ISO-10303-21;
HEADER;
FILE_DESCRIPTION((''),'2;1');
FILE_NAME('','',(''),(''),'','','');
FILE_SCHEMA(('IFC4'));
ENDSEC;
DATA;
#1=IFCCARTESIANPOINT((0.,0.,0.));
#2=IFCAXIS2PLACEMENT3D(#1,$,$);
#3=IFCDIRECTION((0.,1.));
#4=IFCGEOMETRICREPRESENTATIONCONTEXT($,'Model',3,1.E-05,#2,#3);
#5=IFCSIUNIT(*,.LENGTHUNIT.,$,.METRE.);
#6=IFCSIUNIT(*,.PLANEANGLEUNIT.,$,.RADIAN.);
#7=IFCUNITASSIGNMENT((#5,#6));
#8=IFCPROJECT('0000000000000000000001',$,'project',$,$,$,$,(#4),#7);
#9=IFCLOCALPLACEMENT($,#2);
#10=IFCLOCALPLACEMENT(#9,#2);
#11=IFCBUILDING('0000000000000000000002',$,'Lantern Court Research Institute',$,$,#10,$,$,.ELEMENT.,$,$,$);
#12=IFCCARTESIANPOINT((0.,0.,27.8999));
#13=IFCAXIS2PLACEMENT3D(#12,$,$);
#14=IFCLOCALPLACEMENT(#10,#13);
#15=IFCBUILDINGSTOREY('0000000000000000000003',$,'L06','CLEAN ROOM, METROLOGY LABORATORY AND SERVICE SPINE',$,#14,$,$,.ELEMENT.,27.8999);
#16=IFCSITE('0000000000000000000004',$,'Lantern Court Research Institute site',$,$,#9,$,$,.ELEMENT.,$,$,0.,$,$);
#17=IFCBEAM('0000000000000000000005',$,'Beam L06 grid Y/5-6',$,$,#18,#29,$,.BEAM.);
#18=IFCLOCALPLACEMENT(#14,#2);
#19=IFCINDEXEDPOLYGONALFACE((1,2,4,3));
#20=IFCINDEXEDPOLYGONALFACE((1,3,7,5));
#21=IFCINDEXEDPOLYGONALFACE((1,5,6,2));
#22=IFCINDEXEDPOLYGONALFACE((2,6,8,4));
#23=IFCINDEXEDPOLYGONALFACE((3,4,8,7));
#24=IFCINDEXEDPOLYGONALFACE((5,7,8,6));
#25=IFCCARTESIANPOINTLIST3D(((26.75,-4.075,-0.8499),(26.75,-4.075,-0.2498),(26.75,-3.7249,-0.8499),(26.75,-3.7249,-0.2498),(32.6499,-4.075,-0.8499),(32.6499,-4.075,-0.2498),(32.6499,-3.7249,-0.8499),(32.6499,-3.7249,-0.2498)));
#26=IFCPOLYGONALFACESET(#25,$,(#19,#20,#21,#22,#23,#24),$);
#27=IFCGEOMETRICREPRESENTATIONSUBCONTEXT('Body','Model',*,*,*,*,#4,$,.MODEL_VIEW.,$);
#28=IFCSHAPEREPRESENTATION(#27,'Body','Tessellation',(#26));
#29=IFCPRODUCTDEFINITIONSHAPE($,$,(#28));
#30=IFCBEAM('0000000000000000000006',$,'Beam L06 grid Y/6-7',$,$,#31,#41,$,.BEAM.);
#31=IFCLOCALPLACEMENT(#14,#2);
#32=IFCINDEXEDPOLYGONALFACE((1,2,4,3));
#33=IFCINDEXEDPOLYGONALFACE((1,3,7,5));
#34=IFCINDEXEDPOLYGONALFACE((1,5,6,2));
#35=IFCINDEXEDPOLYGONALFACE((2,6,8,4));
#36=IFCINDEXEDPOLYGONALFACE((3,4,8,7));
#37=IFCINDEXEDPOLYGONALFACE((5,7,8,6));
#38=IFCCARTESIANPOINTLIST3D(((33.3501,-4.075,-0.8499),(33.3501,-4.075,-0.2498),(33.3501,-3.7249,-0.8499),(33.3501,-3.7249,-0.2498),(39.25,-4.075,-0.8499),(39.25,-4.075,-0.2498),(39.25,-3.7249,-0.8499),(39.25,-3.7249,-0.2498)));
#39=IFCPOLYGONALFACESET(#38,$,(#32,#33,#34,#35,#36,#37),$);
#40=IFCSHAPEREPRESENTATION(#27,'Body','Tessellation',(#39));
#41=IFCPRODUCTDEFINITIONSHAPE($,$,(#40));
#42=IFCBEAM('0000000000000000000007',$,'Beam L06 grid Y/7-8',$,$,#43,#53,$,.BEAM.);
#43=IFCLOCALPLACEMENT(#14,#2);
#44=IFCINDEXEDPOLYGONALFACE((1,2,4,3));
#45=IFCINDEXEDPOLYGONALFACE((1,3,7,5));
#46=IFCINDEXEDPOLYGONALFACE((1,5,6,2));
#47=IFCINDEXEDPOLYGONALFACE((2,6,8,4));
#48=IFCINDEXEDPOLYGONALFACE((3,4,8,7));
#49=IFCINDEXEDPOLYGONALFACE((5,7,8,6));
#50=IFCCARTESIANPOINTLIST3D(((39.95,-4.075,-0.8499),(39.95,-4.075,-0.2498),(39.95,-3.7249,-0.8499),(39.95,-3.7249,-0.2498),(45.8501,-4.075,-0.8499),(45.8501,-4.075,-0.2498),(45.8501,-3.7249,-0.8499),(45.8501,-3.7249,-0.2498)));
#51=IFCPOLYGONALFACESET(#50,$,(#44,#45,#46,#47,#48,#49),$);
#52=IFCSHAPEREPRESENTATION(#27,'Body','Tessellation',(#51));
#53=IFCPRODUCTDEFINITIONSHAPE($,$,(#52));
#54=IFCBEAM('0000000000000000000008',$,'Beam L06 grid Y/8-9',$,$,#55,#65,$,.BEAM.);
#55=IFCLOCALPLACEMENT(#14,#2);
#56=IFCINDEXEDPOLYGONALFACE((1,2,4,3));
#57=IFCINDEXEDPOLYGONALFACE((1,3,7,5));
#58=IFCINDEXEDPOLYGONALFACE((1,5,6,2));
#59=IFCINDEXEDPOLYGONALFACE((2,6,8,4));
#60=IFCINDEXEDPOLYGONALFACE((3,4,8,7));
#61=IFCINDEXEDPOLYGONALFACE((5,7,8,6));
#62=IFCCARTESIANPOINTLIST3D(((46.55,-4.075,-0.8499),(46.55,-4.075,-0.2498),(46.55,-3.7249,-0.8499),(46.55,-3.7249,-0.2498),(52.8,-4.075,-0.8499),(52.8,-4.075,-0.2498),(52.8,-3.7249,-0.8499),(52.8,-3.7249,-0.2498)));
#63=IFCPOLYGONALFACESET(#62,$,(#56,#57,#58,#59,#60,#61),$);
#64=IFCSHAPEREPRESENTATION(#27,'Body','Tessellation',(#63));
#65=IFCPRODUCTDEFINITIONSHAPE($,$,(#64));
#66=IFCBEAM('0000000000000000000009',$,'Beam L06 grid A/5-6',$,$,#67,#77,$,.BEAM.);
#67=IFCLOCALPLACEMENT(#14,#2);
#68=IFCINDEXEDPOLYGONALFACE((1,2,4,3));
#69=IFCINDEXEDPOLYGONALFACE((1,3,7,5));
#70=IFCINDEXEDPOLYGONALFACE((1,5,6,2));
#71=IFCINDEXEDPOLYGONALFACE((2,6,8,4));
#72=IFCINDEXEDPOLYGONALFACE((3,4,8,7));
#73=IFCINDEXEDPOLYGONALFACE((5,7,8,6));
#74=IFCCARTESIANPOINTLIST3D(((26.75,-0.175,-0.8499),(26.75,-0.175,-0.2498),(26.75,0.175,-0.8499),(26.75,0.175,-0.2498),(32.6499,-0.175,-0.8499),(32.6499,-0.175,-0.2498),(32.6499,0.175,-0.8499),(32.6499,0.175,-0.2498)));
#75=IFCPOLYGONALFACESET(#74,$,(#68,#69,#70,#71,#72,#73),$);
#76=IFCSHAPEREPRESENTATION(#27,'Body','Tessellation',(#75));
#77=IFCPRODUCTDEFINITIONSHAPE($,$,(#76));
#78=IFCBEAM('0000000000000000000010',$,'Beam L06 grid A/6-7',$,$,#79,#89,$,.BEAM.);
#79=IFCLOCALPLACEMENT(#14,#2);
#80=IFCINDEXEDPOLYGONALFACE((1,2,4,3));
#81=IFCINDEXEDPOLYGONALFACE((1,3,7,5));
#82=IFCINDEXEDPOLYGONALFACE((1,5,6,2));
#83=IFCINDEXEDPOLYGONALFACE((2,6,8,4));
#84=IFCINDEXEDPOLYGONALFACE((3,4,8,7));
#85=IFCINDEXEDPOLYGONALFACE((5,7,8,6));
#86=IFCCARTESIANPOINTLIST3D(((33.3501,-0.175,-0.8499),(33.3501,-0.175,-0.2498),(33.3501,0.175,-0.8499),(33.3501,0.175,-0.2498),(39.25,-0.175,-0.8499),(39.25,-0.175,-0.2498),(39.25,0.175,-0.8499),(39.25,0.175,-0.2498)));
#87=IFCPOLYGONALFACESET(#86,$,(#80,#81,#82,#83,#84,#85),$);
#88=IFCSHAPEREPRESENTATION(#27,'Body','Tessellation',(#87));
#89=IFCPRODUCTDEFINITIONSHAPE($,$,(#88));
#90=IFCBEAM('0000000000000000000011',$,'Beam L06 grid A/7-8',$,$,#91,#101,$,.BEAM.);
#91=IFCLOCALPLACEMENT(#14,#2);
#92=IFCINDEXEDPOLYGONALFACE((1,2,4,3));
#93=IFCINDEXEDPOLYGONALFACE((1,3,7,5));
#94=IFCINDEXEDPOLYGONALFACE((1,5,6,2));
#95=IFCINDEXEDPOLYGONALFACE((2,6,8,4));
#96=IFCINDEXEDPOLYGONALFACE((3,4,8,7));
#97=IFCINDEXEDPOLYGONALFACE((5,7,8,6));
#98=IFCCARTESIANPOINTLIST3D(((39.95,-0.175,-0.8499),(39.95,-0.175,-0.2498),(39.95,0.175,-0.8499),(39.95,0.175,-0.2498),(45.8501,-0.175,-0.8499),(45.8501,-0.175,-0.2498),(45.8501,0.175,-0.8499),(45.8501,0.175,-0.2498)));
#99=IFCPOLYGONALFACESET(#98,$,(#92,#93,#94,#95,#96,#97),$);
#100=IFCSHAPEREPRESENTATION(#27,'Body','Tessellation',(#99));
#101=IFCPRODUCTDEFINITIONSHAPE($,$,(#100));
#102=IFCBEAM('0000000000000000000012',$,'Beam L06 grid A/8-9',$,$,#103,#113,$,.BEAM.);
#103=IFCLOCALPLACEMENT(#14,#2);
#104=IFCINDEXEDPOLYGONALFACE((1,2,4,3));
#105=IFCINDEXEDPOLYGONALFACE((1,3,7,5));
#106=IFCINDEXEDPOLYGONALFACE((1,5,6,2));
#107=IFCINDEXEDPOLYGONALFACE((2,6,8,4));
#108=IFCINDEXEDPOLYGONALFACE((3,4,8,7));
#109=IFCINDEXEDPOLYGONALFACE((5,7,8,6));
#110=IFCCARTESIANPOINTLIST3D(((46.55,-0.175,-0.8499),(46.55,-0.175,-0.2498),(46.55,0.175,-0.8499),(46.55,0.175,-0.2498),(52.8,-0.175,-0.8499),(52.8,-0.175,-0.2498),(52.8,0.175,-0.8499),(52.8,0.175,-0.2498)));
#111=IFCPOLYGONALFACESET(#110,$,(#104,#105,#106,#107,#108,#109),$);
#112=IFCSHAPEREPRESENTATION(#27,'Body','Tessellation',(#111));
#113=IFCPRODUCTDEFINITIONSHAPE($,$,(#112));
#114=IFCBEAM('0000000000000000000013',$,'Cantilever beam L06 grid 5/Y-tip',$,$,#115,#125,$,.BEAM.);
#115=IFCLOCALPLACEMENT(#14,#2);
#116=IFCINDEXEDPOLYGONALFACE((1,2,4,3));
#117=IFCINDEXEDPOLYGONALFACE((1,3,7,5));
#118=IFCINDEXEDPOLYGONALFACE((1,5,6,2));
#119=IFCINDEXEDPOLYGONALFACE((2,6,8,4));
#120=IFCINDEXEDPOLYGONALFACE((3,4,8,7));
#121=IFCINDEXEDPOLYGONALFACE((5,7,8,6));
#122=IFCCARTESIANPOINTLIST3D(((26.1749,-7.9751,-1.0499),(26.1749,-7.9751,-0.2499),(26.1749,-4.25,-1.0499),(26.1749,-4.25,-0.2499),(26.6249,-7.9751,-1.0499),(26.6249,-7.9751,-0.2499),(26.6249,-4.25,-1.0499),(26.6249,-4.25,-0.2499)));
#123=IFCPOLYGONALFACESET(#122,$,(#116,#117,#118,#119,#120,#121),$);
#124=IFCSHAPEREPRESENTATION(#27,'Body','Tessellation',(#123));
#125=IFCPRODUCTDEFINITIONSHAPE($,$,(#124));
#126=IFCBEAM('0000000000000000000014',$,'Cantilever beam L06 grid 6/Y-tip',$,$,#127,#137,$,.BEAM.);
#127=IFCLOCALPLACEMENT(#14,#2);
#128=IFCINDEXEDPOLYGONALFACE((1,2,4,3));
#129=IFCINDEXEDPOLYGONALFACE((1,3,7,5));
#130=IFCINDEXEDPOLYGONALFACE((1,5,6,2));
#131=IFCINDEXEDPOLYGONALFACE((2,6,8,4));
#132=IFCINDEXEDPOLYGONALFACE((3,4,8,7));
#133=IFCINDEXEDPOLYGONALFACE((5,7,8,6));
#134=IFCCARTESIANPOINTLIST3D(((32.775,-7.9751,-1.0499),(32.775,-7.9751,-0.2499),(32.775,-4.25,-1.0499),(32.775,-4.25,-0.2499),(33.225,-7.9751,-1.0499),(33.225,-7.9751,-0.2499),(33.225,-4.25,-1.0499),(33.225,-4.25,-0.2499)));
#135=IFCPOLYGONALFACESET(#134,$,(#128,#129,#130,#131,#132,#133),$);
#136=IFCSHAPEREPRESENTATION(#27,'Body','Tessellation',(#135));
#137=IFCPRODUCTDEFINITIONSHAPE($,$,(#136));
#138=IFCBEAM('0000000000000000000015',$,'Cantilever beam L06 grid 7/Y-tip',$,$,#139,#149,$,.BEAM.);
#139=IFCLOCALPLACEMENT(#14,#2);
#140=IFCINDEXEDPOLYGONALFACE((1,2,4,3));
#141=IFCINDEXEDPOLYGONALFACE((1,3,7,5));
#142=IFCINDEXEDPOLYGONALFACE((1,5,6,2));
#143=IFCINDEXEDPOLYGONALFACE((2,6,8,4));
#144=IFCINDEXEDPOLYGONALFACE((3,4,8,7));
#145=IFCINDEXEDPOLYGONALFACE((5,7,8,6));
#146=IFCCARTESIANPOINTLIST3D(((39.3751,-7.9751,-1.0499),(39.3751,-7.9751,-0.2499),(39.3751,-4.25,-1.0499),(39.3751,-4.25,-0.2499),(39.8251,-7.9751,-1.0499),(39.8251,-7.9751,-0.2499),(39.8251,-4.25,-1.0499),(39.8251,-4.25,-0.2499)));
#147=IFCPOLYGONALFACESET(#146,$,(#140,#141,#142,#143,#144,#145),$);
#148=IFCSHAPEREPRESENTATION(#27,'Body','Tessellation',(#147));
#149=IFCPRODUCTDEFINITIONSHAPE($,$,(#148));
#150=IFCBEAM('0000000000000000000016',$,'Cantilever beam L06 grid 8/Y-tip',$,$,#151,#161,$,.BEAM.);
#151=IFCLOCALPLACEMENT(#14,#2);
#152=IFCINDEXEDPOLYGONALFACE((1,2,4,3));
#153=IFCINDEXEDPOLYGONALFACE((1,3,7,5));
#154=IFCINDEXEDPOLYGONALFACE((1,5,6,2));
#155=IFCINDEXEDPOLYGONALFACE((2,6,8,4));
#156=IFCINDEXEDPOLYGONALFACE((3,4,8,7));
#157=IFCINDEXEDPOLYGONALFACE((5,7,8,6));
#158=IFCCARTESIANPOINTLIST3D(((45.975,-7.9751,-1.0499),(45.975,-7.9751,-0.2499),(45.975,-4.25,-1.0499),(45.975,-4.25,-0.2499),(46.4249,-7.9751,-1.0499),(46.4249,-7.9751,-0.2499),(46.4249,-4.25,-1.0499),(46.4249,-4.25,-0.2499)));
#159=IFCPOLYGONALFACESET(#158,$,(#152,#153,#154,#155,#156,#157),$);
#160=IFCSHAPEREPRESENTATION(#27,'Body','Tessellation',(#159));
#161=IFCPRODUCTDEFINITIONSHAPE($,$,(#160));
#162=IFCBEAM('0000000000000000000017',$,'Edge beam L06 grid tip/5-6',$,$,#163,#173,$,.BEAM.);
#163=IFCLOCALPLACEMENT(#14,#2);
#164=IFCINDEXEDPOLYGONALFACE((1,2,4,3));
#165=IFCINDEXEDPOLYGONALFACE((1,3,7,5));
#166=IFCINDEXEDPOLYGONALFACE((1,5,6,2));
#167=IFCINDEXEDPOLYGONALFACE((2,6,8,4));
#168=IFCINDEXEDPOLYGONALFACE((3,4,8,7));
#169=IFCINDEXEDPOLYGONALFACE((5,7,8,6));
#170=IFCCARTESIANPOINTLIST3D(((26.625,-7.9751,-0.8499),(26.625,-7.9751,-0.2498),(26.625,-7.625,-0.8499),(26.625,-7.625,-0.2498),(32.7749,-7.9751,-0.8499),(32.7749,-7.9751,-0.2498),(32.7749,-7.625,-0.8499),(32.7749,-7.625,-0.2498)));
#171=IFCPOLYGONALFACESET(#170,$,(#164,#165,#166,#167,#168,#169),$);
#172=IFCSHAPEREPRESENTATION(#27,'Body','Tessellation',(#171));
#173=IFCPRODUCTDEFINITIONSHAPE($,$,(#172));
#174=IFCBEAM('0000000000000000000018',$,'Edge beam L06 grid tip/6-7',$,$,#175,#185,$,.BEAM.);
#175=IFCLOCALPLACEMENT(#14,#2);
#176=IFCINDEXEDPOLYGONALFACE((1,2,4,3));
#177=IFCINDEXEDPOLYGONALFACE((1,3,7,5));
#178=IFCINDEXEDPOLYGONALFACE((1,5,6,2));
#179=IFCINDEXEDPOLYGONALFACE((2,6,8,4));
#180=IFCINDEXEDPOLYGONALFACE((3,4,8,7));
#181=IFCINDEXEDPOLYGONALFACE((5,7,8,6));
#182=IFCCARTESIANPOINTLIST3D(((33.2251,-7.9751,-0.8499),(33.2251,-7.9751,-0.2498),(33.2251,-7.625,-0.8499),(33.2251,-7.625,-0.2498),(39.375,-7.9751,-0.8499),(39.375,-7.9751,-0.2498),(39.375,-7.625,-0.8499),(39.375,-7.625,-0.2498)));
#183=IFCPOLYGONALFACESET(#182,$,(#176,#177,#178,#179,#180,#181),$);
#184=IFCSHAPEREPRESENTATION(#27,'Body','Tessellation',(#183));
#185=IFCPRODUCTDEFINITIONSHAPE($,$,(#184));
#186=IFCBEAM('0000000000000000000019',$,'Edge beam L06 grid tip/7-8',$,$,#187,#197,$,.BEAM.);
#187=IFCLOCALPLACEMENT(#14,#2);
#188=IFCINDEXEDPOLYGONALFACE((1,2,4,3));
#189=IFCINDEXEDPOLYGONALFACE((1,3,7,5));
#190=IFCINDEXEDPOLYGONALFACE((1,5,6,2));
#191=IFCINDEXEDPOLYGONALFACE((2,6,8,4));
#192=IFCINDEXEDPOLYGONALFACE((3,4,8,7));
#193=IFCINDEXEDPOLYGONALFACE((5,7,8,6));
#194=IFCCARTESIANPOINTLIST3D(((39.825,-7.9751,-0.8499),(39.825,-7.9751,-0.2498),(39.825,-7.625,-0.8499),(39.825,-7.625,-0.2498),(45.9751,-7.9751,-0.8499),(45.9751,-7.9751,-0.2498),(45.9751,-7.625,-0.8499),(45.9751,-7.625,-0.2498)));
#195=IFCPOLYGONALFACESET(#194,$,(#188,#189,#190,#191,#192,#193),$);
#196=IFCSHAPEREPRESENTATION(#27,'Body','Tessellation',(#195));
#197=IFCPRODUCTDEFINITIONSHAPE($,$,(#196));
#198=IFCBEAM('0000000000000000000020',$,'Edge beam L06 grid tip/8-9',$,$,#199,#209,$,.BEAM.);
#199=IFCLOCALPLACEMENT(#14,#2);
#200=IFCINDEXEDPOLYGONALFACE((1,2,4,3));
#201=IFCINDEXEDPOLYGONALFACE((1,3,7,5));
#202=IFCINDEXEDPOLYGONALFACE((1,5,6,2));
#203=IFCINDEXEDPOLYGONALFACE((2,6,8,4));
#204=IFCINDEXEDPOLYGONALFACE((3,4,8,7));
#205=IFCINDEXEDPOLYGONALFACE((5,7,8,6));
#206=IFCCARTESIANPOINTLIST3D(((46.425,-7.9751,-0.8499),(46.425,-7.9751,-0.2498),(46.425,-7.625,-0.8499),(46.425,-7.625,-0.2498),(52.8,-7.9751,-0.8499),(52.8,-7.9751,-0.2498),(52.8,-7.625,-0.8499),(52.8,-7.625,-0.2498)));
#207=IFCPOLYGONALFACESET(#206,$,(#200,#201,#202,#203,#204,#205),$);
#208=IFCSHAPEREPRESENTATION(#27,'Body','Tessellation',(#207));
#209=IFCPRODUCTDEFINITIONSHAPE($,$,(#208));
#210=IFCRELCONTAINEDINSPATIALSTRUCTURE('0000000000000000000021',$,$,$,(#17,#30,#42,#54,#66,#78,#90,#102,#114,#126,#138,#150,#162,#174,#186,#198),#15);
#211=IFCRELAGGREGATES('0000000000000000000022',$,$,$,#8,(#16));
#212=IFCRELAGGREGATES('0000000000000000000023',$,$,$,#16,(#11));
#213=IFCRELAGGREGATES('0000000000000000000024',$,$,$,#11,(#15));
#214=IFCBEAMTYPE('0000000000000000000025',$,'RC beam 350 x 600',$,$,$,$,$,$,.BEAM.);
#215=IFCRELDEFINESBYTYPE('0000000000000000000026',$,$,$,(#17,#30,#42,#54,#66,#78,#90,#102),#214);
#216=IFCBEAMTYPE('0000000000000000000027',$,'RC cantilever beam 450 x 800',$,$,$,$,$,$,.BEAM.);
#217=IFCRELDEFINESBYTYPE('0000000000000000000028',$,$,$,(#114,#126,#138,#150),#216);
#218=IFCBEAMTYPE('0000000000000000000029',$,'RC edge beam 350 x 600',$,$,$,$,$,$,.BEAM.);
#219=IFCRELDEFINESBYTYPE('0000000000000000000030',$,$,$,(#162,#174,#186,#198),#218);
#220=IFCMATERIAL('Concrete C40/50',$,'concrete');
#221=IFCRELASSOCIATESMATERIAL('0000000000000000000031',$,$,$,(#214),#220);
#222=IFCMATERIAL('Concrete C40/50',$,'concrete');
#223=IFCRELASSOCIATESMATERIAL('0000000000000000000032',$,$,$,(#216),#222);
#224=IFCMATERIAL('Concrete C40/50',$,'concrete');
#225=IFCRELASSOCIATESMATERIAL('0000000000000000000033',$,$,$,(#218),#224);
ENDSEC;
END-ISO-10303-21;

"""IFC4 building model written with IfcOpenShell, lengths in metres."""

from ifc_helpers import new_model, si_unit, direction, frame, origin, origin_2d, place, context, subcontext, project, spatial, rectangle, extrude, material, material_profile, profile_set, type_object, element, save


model = new_model("IFC4")

# Units and contexts
model_context = context("Model", 3, precision=1e-05, world=origin(), true_north=direction((0.0, 1.0)))
body_context = subcontext(model_context, "Body", "Model", "MODEL_VIEW")
ifc_project = project(units=[si_unit("LENGTHUNIT", "METRE"), si_unit("PLANEANGLEUNIT", "RADIAN")], contexts=[model_context])

# Site, building, storey
site_placement = place(None, origin())
site = spatial("IfcSite", under=ifc_project, at=site_placement, Name="Lantern Court Research Institute site", CompositionType="ELEMENT", RefElevation=0.0)
building_placement = place(site_placement, origin())
building = spatial("IfcBuilding", under=site, at=building_placement, Name="Lantern Court Research Institute", CompositionType="ELEMENT")
storey_placement = place(building_placement, frame((0.0, 0.0, 27.8999)))
storey = spatial("IfcBuildingStorey", under=building, at=storey_placement, Name="L06", Description="CLEAN ROOM, METROLOGY LABORATORY AND SERVICE SPINE", CompositionType="ELEMENT", Elevation=27.8999)

# Beams
ifc_material_1 = material(Name="Concrete C40/50", Category="concrete")
ifc_material_profile_1 = material_profile(ifc_material_1, rectangle(XDim=0.3501, YDim=0.6001, at=origin_2d()), Name="RC beam 350 x 600")
ifc_profile_set_1 = profile_set([ifc_material_profile_1], Name="Concrete C40/50")
beam_type_1 = type_object("IfcBeamType", Name="RC beam 350 x 600", PredefinedType="BEAM", material=ifc_profile_set_1)
for number, where, z_axis, x_axis, name in (
    (1, (26.75, -3.8999, -0.5498), (1.0, 0.0, 0.0), (0.0, 1.0, 0.0), "Beam L06 grid Y/5-6"),
    (2, (33.3501, -3.8999, -0.5498), (1.0, 0.0, 0.0), (0.0, 1.0, 0.0), "Beam L06 grid Y/6-7"),
):
    element("IfcBeam", number, at=place(storey_placement, frame(where, z_axis=z_axis, x_axis=x_axis)), inside=storey, type_object=beam_type_1, Name=name, PredefinedType="BEAM", context=body_context, shape_type="SweptSolid", body=[
        extrude(rectangle(XDim=0.3501, YDim=0.6001, at=origin_2d()), origin(), (0.0, 0.0, 1.0), 5.8999),
    ])
beam_1_placement = place(storey_placement, frame((39.95, -3.8999, -0.5498), z_axis=(1.0, 0.0, 0.0), x_axis=(0.0, 1.0, 0.0)))
element("IfcBeam", 3, at=beam_1_placement, inside=storey, type_object=beam_type_1, Name="Beam L06 grid Y/7-8", PredefinedType="BEAM", context=body_context, shape_type="SweptSolid", body=[
    extrude(rectangle(XDim=0.3501, YDim=0.6001, at=origin_2d()), origin(), (0.0, 0.0, 1.0), 5.9001),
])
beam_2_placement = place(storey_placement, frame((46.55, -3.8999, -0.5498), z_axis=(1.0, 0.0, 0.0), x_axis=(0.0, 1.0, 0.0)))
element("IfcBeam", 4, at=beam_2_placement, inside=storey, type_object=beam_type_1, Name="Beam L06 grid Y/8-9", PredefinedType="BEAM", context=body_context, shape_type="SweptSolid", body=[
    extrude(rectangle(XDim=0.3501, YDim=0.6001, at=origin_2d()), origin(), (0.0, 0.0, 1.0), 6.25),
])
for number, where, z_axis, x_axis, name in (
    (5, (26.75, 0.0, -0.5498), (1.0, 0.0, 0.0), (0.0, 1.0, 0.0), "Beam L06 grid A/5-6"),
    (6, (33.3501, 0.0, -0.5498), (1.0, 0.0, 0.0), (0.0, 1.0, 0.0), "Beam L06 grid A/6-7"),
):
    element("IfcBeam", number, at=place(storey_placement, frame(where, z_axis=z_axis, x_axis=x_axis)), inside=storey, type_object=beam_type_1, Name=name, PredefinedType="BEAM", context=body_context, shape_type="SweptSolid", body=[
        extrude(rectangle(XDim=0.3501, YDim=0.6001, at=origin_2d()), origin(), (0.0, 0.0, 1.0), 5.8999),
    ])
beam_3_placement = place(storey_placement, frame((39.95, 0.0, -0.5498), z_axis=(1.0, 0.0, 0.0), x_axis=(0.0, 1.0, 0.0)))
element("IfcBeam", 7, at=beam_3_placement, inside=storey, type_object=beam_type_1, Name="Beam L06 grid A/7-8", PredefinedType="BEAM", context=body_context, shape_type="SweptSolid", body=[
    extrude(rectangle(XDim=0.3501, YDim=0.6001, at=origin_2d()), origin(), (0.0, 0.0, 1.0), 5.9001),
])
beam_4_placement = place(storey_placement, frame((46.55, 0.0, -0.5498), z_axis=(1.0, 0.0, 0.0), x_axis=(0.0, 1.0, 0.0)))
element("IfcBeam", 8, at=beam_4_placement, inside=storey, type_object=beam_type_1, Name="Beam L06 grid A/8-9", PredefinedType="BEAM", context=body_context, shape_type="SweptSolid", body=[
    extrude(rectangle(XDim=0.3501, YDim=0.6001, at=origin_2d()), origin(), (0.0, 0.0, 1.0), 6.25),
])
ifc_material_2 = material(Name="Concrete C40/50", Category="concrete")
ifc_material_profile_2 = material_profile(ifc_material_2, rectangle(XDim=0.45, YDim=0.8, at=origin_2d()), Name="RC beam 450 x 800")
ifc_profile_set_2 = profile_set([ifc_material_profile_2], Name="Concrete C40/50")
beam_type_2 = type_object("IfcBeamType", Name="RC cantilever beam 450 x 800", PredefinedType="BEAM", material=ifc_profile_set_2)
for number, where, z_axis, x_axis, name in (
    (9, (26.3999, -4.25, -0.6499), (0.0, -1.0, 0.0), (1.0, 0.0, 0.0), "Cantilever beam L06 grid 5/Y-tip"),
    (10, (33.0, -4.25, -0.6499), (0.0, -1.0, 0.0), (1.0, 0.0, 0.0), "Cantilever beam L06 grid 6/Y-tip"),
    (11, (39.6001, -4.25, -0.6499), (0.0, -1.0, 0.0), (1.0, 0.0, 0.0), "Cantilever beam L06 grid 7/Y-tip"),
    (12, (46.2, -4.25, -0.6499), (0.0, -1.0, 0.0), (1.0, 0.0, 0.0), "Cantilever beam L06 grid 8/Y-tip"),
):
    element("IfcBeam", number, at=place(storey_placement, frame(where, z_axis=z_axis, x_axis=x_axis)), inside=storey, type_object=beam_type_2, Name=name, PredefinedType="BEAM", context=body_context, shape_type="SweptSolid", body=[
        extrude(rectangle(XDim=0.45, YDim=0.8, at=origin_2d()), origin(), (0.0, 0.0, 1.0), 3.7251),
    ])
ifc_material_3 = material(Name="Concrete C40/50", Category="concrete")
ifc_material_profile_3 = material_profile(ifc_material_3, rectangle(XDim=0.3501, YDim=0.6001, at=origin_2d()), Name="RC beam 350 x 600")
ifc_profile_set_3 = profile_set([ifc_material_profile_3], Name="Concrete C40/50")
beam_type_3 = type_object("IfcBeamType", Name="RC edge beam 350 x 600", PredefinedType="BEAM", material=ifc_profile_set_3)
for number, where, z_axis, x_axis, name in (
    (13, (26.625, -7.8, -0.5498), (1.0, 0.0, 0.0), (0.0, 1.0, 0.0), "Edge beam L06 grid tip/5-6"),
    (14, (33.2251, -7.8, -0.5498), (1.0, 0.0, 0.0), (0.0, 1.0, 0.0), "Edge beam L06 grid tip/6-7"),
):
    element("IfcBeam", number, at=place(storey_placement, frame(where, z_axis=z_axis, x_axis=x_axis)), inside=storey, type_object=beam_type_3, Name=name, PredefinedType="BEAM", context=body_context, shape_type="SweptSolid", body=[
        extrude(rectangle(XDim=0.3501, YDim=0.6001, at=origin_2d()), origin(), (0.0, 0.0, 1.0), 6.1499),
    ])
beam_5_placement = place(storey_placement, frame((39.825, -7.8, -0.5498), z_axis=(1.0, 0.0, 0.0), x_axis=(0.0, 1.0, 0.0)))
element("IfcBeam", 15, at=beam_5_placement, inside=storey, type_object=beam_type_3, Name="Edge beam L06 grid tip/7-8", PredefinedType="BEAM", context=body_context, shape_type="SweptSolid", body=[
    extrude(rectangle(XDim=0.3501, YDim=0.6001, at=origin_2d()), origin(), (0.0, 0.0, 1.0), 6.1501),
])
beam_6_placement = place(storey_placement, frame((46.425, -7.8, -0.5498), z_axis=(1.0, 0.0, 0.0), x_axis=(0.0, 1.0, 0.0)))
element("IfcBeam", 16, at=beam_6_placement, inside=storey, type_object=beam_type_3, Name="Edge beam L06 grid tip/8-9", PredefinedType="BEAM", context=body_context, shape_type="SweptSolid", body=[
    extrude(rectangle(XDim=0.3501, YDim=0.6001, at=origin_2d()), origin(), (0.0, 0.0, 1.0), 6.375),
])

save(model, "model.ifc")
